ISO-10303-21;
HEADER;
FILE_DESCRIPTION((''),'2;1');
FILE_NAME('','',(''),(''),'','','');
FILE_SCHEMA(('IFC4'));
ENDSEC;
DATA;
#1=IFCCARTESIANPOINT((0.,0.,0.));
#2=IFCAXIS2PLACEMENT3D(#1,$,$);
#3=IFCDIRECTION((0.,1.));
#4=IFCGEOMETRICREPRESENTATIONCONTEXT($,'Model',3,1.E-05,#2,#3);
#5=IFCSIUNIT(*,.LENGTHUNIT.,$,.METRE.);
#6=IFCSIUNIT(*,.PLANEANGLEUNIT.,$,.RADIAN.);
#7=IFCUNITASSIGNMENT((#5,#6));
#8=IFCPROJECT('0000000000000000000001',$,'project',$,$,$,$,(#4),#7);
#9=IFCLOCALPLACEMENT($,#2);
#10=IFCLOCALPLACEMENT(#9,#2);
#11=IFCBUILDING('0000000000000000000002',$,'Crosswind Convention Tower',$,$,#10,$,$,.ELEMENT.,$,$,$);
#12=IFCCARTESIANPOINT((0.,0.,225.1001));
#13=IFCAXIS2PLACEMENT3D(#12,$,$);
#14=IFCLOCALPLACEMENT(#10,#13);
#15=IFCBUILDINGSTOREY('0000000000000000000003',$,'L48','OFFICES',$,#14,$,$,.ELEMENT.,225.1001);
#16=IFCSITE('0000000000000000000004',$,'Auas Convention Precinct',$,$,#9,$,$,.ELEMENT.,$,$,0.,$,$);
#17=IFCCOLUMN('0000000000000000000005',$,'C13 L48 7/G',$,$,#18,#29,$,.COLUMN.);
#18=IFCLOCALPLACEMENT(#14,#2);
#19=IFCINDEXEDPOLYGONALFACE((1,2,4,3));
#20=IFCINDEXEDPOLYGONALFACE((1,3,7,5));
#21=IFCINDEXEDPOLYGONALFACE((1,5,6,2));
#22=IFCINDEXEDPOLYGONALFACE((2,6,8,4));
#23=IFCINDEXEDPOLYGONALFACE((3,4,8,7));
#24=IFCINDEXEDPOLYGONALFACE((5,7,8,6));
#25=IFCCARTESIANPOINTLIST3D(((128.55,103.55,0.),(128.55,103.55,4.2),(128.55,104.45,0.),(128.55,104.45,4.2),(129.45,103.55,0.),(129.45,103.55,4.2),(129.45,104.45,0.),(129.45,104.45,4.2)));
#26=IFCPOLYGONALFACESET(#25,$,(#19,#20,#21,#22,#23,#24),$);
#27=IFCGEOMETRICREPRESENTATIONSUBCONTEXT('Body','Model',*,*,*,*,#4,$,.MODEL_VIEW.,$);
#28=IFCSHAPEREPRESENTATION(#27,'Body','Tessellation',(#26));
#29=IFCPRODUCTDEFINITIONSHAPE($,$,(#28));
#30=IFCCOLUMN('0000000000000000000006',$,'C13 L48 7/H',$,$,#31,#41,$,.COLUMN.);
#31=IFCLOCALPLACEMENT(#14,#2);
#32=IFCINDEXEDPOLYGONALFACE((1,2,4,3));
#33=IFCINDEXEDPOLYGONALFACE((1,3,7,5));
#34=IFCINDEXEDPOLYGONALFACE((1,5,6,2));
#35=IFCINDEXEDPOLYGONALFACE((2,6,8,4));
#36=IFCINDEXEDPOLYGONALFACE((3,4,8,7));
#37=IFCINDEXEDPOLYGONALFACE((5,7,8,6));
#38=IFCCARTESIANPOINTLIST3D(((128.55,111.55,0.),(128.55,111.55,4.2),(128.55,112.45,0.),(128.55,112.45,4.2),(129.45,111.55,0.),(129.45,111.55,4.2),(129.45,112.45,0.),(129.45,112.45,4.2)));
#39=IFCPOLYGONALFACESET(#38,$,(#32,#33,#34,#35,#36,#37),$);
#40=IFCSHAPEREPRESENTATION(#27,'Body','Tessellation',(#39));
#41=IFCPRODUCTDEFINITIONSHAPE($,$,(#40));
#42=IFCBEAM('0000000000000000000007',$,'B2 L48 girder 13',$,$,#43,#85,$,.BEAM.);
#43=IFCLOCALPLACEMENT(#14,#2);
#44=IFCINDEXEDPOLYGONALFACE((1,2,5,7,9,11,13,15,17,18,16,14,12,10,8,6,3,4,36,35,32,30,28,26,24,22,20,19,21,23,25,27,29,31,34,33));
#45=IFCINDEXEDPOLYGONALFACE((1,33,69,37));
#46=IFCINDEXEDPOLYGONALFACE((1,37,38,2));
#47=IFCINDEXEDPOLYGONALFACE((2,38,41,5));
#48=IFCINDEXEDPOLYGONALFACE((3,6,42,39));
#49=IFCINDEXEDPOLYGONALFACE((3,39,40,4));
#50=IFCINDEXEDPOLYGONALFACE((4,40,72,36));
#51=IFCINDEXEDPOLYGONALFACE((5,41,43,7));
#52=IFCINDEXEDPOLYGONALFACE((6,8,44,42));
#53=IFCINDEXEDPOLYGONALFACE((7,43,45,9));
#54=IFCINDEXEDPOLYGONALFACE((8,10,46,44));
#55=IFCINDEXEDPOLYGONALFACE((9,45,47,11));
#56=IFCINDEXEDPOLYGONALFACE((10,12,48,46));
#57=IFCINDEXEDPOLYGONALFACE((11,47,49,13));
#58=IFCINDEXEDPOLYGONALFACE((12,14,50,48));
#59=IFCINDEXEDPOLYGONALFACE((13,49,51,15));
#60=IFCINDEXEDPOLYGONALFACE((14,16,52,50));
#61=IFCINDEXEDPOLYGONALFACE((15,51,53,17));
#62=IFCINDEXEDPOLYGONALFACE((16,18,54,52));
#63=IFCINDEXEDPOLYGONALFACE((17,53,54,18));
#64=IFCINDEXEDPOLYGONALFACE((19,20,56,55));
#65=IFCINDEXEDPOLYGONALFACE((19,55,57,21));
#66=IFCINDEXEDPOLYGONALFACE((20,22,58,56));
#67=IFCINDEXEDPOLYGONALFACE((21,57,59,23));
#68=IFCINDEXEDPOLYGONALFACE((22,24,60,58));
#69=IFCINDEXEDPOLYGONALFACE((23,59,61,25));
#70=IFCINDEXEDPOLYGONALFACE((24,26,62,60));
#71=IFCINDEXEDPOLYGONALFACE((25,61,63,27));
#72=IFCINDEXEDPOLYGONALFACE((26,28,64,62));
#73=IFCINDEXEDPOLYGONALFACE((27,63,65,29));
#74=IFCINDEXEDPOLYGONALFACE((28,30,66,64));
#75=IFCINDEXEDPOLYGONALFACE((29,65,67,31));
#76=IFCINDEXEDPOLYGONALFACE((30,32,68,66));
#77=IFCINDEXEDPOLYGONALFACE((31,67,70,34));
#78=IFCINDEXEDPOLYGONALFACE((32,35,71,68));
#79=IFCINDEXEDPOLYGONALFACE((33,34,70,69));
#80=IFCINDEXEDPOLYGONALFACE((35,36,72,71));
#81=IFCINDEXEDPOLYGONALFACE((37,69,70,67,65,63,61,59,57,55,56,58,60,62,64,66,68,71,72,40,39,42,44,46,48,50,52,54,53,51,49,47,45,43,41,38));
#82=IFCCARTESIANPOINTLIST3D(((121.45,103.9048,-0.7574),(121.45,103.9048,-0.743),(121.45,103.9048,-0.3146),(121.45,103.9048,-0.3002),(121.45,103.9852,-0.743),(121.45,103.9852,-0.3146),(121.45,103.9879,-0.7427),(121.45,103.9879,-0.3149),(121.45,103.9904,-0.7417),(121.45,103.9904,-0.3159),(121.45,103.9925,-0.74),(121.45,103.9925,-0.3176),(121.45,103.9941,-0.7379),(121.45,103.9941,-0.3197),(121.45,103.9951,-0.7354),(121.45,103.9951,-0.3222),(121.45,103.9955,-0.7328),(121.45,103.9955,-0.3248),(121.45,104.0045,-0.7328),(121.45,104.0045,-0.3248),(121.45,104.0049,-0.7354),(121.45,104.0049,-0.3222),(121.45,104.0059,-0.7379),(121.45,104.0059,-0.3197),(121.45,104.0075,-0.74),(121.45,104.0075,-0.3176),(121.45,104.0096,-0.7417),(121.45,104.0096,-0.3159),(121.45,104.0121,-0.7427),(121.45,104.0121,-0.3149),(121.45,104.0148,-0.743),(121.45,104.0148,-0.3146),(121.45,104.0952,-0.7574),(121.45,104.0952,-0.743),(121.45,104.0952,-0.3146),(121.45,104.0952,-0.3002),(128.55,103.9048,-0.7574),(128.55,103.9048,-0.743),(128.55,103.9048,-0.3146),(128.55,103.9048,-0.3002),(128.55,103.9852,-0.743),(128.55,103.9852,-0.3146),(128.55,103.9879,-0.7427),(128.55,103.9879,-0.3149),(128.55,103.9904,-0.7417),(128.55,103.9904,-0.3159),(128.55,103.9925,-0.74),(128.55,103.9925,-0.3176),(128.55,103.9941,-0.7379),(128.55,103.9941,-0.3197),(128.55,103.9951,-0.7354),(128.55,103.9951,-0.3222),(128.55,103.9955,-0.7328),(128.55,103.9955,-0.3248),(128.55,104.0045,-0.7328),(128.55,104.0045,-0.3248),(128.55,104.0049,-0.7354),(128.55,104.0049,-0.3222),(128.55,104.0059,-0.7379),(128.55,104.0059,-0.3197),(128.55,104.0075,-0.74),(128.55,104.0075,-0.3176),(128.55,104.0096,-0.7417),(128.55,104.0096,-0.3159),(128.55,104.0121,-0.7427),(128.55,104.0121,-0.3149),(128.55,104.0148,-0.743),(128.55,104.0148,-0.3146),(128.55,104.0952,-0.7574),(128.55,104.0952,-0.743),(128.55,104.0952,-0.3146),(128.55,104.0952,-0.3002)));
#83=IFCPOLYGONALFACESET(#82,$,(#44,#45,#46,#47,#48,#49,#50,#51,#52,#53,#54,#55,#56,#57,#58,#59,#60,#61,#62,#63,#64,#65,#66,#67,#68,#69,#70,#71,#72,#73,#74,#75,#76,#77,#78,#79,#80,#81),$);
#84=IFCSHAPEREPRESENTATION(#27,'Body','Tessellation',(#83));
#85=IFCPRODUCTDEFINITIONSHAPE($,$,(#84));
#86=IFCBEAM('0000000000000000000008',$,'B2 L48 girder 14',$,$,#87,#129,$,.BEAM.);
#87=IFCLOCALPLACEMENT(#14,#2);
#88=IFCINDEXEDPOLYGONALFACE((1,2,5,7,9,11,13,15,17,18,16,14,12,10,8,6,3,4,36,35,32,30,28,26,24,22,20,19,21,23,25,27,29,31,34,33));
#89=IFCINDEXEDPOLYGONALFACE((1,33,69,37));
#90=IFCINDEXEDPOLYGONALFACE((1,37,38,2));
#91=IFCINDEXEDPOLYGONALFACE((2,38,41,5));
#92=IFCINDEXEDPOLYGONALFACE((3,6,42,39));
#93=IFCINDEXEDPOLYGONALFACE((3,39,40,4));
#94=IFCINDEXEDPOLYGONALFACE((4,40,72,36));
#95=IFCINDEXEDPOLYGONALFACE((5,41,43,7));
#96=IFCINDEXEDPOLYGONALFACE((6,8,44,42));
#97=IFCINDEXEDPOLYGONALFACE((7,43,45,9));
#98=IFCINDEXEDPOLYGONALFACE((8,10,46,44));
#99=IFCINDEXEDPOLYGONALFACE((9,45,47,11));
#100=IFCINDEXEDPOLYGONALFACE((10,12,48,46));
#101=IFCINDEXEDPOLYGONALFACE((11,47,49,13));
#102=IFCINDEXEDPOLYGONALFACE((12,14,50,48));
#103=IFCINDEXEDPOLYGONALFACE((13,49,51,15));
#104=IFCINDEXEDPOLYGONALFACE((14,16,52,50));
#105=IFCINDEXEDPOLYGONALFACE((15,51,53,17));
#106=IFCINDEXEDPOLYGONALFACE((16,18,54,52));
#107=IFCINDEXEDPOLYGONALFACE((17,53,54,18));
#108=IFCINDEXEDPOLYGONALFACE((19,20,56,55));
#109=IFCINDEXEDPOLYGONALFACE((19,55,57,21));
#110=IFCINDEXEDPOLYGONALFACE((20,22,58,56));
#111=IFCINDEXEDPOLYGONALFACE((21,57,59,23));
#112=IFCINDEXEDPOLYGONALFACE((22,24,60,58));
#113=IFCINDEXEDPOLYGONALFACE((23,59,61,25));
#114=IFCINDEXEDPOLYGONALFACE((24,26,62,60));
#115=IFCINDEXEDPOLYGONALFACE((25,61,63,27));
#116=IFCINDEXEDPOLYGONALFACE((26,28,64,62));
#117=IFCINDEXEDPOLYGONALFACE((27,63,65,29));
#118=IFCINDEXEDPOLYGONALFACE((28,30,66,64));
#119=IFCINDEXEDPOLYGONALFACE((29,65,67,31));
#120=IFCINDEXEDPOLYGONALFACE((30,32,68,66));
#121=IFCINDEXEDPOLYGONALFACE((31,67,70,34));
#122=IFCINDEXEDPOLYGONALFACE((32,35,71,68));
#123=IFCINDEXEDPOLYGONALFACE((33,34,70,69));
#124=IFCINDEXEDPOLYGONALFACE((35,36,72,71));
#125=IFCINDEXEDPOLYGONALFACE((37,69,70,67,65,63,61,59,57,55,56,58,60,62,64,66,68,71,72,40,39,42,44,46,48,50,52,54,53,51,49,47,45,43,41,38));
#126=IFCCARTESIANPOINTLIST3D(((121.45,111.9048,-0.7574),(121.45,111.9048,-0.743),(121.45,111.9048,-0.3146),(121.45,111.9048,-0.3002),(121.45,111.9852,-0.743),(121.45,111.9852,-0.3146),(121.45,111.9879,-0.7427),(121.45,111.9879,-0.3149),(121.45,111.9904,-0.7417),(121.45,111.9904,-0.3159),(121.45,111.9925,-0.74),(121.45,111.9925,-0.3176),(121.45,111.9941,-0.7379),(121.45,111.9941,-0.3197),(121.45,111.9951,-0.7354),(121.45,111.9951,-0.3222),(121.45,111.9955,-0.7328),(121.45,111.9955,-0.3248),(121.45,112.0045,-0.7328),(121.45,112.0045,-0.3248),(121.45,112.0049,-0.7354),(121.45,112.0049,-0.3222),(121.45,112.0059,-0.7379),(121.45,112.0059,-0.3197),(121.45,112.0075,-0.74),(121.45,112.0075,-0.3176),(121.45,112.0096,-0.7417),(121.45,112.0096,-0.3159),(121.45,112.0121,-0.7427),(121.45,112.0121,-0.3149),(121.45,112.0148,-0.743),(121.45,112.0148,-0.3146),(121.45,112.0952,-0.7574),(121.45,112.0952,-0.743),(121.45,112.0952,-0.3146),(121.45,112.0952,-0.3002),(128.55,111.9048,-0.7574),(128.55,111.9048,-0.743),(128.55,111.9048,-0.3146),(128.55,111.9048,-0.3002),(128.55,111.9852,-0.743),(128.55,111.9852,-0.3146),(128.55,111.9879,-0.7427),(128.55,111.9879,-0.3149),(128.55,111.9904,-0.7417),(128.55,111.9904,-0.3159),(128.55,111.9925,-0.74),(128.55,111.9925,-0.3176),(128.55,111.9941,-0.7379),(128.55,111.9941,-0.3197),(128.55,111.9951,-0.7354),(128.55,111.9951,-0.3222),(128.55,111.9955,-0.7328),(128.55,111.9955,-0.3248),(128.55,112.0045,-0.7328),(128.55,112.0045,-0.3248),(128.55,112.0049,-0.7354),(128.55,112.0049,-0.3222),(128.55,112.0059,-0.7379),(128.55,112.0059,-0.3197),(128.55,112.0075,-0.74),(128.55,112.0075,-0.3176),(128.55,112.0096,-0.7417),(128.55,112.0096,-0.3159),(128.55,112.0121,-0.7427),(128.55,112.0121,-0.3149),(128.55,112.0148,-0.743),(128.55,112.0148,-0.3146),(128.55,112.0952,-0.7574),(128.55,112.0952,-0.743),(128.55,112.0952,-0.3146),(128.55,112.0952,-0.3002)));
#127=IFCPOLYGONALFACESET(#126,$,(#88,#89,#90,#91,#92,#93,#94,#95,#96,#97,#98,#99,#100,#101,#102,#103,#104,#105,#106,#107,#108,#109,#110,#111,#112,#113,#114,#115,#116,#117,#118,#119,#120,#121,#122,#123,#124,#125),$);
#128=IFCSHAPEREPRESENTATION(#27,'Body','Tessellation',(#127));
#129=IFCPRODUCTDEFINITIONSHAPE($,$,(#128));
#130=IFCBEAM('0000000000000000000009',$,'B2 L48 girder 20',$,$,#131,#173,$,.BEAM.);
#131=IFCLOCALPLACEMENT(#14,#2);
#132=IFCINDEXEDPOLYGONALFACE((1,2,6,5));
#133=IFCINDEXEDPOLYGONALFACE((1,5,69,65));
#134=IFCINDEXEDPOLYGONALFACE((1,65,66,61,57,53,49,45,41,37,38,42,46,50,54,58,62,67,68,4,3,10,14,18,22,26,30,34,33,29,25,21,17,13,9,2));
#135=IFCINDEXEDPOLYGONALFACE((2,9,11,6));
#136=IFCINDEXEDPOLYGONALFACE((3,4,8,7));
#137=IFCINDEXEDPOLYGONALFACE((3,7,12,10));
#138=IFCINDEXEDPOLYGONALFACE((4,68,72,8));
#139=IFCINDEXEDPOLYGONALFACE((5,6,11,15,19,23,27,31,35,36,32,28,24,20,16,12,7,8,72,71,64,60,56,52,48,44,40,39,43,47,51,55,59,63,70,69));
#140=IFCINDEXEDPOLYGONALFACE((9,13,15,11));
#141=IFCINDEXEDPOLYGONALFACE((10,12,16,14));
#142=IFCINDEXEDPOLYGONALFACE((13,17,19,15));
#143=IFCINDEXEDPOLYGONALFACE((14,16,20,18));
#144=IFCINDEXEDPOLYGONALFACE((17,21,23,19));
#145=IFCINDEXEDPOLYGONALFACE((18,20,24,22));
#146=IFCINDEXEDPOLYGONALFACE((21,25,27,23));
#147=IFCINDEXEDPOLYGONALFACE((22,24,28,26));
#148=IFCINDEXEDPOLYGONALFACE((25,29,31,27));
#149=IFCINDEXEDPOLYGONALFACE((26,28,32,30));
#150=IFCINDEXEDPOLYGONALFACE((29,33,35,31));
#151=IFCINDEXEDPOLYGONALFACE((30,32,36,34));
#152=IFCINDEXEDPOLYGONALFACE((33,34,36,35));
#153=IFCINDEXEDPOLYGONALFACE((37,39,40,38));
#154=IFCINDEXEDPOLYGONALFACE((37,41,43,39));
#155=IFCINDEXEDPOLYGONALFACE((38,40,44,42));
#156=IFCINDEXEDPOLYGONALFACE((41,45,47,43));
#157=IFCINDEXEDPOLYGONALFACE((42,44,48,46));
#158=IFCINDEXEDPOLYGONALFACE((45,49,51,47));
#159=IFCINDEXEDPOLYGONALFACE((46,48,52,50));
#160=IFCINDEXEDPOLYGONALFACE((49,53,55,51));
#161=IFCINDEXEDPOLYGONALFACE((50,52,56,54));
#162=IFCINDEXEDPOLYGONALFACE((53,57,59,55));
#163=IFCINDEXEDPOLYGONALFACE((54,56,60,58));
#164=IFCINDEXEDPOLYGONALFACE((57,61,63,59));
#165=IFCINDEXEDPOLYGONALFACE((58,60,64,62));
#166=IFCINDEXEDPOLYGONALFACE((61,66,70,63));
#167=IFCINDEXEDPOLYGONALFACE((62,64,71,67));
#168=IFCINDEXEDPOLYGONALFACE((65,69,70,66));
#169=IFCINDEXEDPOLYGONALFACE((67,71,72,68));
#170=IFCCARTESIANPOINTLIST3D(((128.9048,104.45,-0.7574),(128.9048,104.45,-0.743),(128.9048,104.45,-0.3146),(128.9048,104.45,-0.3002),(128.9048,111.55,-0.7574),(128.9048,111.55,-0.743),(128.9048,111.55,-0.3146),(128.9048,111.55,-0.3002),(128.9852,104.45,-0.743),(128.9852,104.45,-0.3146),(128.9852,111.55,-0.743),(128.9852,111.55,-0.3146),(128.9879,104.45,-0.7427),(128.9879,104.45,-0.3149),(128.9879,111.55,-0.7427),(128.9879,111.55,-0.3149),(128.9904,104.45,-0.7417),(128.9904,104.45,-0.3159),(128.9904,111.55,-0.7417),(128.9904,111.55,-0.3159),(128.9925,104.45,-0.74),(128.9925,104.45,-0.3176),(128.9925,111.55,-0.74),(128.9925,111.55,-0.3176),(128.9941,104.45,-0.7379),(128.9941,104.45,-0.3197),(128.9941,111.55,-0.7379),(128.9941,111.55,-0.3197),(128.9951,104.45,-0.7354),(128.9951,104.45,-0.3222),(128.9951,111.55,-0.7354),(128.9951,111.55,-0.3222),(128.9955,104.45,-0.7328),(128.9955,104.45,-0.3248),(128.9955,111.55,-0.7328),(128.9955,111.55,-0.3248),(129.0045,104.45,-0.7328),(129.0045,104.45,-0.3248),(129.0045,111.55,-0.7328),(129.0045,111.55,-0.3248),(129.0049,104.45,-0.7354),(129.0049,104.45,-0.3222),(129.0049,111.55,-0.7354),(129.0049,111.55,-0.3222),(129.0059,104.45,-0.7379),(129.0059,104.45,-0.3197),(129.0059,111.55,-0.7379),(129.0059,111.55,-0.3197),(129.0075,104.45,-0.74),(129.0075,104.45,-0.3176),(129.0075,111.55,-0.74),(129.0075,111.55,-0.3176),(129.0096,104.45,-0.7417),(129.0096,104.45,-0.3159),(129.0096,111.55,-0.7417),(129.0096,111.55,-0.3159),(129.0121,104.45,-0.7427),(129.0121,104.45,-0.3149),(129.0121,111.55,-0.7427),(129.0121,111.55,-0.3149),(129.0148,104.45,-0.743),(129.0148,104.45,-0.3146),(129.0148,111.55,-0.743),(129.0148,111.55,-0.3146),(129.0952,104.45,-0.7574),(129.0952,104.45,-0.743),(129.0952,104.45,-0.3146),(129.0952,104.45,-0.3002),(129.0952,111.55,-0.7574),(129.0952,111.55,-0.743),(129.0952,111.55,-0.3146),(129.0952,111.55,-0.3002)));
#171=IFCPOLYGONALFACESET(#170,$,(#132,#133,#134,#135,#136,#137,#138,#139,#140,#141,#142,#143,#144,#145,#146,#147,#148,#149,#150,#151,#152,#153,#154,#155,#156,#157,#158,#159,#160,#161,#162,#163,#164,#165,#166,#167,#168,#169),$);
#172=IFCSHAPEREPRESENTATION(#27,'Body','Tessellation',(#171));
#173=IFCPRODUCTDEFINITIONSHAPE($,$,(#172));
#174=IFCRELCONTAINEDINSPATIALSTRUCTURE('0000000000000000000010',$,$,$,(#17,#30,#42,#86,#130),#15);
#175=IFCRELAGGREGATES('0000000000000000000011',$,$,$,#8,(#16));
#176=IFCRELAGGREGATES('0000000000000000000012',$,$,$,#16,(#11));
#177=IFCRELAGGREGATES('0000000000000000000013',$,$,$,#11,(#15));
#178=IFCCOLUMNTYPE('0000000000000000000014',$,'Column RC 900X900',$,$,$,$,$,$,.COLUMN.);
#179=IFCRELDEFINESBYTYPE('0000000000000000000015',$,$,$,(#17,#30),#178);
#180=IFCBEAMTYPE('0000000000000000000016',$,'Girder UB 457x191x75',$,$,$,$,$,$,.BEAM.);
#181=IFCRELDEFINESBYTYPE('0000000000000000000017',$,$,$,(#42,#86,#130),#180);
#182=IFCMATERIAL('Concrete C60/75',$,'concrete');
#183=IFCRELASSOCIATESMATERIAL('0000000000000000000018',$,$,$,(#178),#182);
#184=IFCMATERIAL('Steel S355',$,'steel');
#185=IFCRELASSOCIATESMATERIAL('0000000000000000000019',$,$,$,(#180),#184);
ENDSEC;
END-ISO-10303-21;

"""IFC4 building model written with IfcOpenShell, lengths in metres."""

from ifc_helpers import new_model, si_unit, direction, frame, origin, origin_2d, place, context, subcontext, project, spatial, rectangle, i_section, extrude, material, material_profile, profile_set, type_object, element, save


model = new_model("IFC4")

# Units and contexts
model_context = context("Model", 3, precision=1e-05, world=origin(), true_north=direction((0.0, 1.0)))
body_context = subcontext(model_context, "Body", "Model", "MODEL_VIEW")
ifc_project = project(units=[si_unit("LENGTHUNIT", "METRE"), si_unit("PLANEANGLEUNIT", "RADIAN")], contexts=[model_context])

# Site, building, storey
site_placement = place(None, origin())
site = spatial("IfcSite", under=ifc_project, at=site_placement, Name="Auas Convention Precinct", CompositionType="ELEMENT", RefElevation=0.0)
building_placement = place(site_placement, origin())
building = spatial("IfcBuilding", under=site, at=building_placement, Name="Crosswind Convention Tower", CompositionType="ELEMENT")
storey_placement = place(building_placement, frame((0.0, 0.0, 225.1001)))
storey = spatial("IfcBuildingStorey", under=building, at=storey_placement, Name="L48", Description="OFFICES", CompositionType="ELEMENT", Elevation=225.1001)

# Columns
ifc_material_1 = material(Name="Concrete C60/75", Category="concrete")
ifc_material_profile_1 = material_profile(ifc_material_1, rectangle(XDim=0.8999, YDim=0.8999, at=origin_2d()), Name="RC 900X900")
ifc_profile_set_1 = profile_set([ifc_material_profile_1], Name="Concrete C60/75")
column_type = type_object("IfcColumnType", Name="Column RC 900X900", PredefinedType="COLUMN", material=ifc_profile_set_1)
for number, where, z_axis, x_axis, name in (
    (1, (129.0, 104.0, 0.0), (0.0, 0.0, 1.0), (1.0, 0.0, 0.0), "C13 L48 7/G"),
    (2, (129.0, 112.0, 0.0), (0.0, 0.0, 1.0), (1.0, 0.0, 0.0), "C13 L48 7/H"),
):
    element("IfcColumn", number, at=place(storey_placement, frame(where, z_axis=z_axis, x_axis=x_axis)), inside=storey, type_object=column_type, Name=name, PredefinedType="COLUMN", context=body_context, shape_type="SweptSolid", body=[
        extrude(rectangle(XDim=0.8999, YDim=0.8999, at=origin_2d()), origin(), (0.0, 0.0, 1.0), 4.2),
    ])

# Beams
ifc_material_2 = material(Name="Steel S355", Category="steel")
ifc_material_profile_2 = material_profile(ifc_material_2, i_section(OverallWidth=0.1904, OverallDepth=0.4573, WebThickness=0.009, FlangeThickness=0.0144, FilletRadius=0.0103, at=origin_2d()), Name="UB 457x191x75")
ifc_profile_set_2 = profile_set([ifc_material_profile_2], Name="Steel S355")
beam_type_1 = type_object("IfcBeamType", Name="Girder UB 457x191x75", PredefinedType="BEAM", material=ifc_profile_set_2)
for number, where, z_axis, x_axis, name in (
    (3, (121.45, 104.0, -0.5288), (1.0, 0.0, 0.0), (0.0, 1.0, 0.0), "B2 L48 girder 13"),
    (4, (121.45, 112.0, -0.5288), (1.0, 0.0, 0.0), (0.0, 1.0, 0.0), "B2 L48 girder 14"),
    (5, (129.0, 104.45, -0.5288), (0.0, 1.0, 0.0), (-1.0, 0.0, 0.0), "B2 L48 girder 20"),
):
    element("IfcBeam", number, at=place(storey_placement, frame(where, z_axis=z_axis, x_axis=x_axis)), inside=storey, type_object=beam_type_1, Name=name, PredefinedType="BEAM", context=body_context, shape_type="SweptSolid", body=[
        extrude(i_section(OverallWidth=0.1904, OverallDepth=0.4573, WebThickness=0.009, FlangeThickness=0.0144, FilletRadius=0.0103, at=origin_2d()), origin(), (0.0, 0.0, 1.0), 7.1001),
    ])

save(model, "model.ifc")
